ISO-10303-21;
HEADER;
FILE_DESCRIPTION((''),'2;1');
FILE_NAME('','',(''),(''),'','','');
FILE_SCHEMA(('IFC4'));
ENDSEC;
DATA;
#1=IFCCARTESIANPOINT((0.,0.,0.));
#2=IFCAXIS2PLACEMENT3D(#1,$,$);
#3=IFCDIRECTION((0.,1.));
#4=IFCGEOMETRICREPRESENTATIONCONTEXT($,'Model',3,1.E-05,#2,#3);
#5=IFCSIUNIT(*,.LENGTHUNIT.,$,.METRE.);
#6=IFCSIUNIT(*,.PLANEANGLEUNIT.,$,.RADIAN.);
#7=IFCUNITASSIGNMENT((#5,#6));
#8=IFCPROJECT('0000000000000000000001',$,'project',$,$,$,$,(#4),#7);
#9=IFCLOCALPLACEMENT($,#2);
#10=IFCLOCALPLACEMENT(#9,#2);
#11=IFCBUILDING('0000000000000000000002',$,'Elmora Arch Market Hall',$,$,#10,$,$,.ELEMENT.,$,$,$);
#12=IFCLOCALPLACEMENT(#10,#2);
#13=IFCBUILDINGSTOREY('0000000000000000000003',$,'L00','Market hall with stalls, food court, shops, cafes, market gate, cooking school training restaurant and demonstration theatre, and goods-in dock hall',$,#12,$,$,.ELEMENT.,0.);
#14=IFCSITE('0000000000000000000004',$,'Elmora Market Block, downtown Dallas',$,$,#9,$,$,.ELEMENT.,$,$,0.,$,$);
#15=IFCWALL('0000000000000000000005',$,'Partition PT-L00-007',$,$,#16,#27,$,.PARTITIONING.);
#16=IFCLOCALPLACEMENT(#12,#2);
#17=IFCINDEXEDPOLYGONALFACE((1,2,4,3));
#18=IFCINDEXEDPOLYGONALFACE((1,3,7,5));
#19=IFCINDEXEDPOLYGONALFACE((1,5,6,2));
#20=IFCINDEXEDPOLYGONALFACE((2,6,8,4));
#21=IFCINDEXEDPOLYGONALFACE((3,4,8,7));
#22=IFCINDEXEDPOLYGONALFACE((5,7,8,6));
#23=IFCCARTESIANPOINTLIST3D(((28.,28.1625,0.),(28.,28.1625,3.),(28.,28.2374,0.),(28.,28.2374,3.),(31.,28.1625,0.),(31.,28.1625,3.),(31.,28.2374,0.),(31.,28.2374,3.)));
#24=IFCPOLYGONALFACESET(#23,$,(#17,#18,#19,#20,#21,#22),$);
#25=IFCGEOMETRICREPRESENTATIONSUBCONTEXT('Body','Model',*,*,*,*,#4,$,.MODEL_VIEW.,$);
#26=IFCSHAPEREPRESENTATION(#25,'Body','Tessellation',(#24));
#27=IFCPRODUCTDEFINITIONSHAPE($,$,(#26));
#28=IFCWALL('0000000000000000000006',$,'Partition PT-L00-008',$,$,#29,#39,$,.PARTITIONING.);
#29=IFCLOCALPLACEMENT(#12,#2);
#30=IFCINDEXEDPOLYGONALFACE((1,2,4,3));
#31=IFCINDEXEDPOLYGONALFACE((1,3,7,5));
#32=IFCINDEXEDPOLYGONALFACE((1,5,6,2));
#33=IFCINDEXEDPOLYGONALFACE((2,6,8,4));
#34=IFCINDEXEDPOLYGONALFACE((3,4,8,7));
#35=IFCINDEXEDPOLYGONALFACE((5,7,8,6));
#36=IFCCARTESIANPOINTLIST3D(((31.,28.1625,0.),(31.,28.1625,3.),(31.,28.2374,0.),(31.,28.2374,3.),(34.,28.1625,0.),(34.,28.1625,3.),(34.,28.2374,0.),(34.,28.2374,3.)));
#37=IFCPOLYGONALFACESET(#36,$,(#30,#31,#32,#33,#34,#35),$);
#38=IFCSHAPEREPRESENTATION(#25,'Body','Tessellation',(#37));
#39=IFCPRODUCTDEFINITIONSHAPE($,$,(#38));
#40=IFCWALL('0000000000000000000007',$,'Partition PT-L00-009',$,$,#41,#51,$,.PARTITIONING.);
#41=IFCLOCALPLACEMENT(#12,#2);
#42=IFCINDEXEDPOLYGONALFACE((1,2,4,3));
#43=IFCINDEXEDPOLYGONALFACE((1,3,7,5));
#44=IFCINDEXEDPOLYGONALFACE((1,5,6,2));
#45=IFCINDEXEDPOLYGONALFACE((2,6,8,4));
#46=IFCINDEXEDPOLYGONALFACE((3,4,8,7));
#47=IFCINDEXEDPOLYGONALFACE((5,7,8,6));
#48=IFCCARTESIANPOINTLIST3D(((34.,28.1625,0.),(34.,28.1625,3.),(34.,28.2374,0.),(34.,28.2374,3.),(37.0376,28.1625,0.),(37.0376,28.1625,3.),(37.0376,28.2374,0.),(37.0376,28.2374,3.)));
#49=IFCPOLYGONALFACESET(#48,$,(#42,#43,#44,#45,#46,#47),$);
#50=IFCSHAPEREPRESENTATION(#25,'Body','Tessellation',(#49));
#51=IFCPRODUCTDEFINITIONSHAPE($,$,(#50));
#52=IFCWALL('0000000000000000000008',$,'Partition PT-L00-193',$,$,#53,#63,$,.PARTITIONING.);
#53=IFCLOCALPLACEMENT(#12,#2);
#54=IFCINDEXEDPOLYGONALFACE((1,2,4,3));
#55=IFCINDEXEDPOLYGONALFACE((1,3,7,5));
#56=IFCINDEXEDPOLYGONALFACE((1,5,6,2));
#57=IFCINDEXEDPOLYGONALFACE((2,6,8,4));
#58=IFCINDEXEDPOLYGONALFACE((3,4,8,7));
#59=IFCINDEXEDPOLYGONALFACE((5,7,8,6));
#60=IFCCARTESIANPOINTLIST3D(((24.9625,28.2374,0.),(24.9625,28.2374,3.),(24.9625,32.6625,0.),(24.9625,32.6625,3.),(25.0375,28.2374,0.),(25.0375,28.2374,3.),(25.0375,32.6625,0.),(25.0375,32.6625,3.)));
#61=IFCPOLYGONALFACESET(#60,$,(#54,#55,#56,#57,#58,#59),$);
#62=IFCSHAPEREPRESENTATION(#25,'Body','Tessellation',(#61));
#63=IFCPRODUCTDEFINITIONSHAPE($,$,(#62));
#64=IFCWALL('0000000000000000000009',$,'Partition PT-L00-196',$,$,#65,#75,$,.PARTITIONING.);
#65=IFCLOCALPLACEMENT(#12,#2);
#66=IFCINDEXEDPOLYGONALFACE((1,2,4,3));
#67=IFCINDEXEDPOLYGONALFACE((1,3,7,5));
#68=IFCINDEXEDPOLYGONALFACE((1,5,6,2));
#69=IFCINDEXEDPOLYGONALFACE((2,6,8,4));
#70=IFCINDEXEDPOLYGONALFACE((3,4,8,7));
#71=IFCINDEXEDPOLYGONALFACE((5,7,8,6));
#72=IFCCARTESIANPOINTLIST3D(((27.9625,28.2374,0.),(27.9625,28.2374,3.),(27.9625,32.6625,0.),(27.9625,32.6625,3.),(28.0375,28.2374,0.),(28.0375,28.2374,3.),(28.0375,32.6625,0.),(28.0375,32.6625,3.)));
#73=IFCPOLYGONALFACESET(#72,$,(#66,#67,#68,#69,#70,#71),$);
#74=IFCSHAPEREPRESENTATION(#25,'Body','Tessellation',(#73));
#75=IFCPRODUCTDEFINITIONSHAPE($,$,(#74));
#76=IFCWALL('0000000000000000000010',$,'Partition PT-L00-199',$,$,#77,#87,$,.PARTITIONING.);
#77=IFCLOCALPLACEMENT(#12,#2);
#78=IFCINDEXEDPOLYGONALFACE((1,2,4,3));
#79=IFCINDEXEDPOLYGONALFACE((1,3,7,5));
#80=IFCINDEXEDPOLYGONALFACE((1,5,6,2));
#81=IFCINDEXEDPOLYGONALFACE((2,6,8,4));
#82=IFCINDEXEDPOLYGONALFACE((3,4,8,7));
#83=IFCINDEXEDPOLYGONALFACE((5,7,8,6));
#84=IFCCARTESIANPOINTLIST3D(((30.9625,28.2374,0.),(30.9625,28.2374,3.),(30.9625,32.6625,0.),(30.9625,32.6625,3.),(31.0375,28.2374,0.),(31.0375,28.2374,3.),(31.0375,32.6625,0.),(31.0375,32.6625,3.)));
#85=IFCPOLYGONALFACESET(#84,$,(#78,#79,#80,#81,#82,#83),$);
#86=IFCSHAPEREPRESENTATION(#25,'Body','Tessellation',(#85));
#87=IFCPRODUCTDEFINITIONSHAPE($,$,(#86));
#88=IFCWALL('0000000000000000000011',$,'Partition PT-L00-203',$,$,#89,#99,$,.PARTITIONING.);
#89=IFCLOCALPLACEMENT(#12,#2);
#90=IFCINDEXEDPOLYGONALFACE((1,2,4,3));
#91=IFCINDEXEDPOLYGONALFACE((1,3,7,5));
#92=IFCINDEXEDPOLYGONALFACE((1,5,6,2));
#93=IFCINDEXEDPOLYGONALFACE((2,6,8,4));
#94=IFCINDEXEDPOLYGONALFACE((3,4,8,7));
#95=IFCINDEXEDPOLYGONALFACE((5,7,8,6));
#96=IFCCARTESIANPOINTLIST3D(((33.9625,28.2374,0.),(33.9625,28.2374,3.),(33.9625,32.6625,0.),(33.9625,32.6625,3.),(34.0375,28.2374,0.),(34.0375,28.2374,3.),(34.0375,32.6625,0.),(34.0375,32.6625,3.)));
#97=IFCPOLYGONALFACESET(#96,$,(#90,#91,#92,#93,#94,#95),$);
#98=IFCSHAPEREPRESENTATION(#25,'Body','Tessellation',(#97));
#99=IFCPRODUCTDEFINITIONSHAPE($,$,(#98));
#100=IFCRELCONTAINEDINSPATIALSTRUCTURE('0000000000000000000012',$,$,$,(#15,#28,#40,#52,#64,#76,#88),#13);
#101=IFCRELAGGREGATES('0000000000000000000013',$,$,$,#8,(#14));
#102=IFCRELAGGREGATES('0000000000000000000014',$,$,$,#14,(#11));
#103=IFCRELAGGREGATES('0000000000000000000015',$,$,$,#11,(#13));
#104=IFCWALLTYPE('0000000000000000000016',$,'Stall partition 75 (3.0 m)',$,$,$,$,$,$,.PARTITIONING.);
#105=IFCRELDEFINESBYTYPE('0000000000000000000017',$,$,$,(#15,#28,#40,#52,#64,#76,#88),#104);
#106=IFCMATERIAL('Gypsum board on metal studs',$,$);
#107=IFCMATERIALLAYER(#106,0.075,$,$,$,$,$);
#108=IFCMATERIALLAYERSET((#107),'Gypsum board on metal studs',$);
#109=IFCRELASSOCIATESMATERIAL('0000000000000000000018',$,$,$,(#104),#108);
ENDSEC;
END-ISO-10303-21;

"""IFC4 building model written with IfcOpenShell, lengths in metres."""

from ifc_helpers import new_model, si_unit, direction, frame, frame_2d, origin, place, context, subcontext, project, spatial, rectangle, extrude, material, layer, layer_set, type_object, element, save


model = new_model("IFC4")

# Units and contexts
model_context = context("Model", 3, precision=1e-05, world=origin(), true_north=direction((0.0, 1.0)))
body_context = subcontext(model_context, "Body", "Model", "MODEL_VIEW")
ifc_project = project(units=[si_unit("LENGTHUNIT", "METRE"), si_unit("PLANEANGLEUNIT", "RADIAN")], contexts=[model_context])

# Site, building, storey
site_placement = place(None, origin())
site = spatial("IfcSite", under=ifc_project, at=site_placement, Name="Elmora Market Block, downtown Dallas", CompositionType="ELEMENT", RefElevation=0.0)
building_placement = place(site_placement, origin())
building = spatial("IfcBuilding", under=site, at=building_placement, Name="Elmora Arch Market Hall", CompositionType="ELEMENT")
storey_placement = place(building_placement, origin())
storey = spatial("IfcBuildingStorey", under=building, at=storey_placement, Name="L00", Description="Market hall with stalls, food court, shops, cafes, market gate, cooking school training restaurant and demonstration theatre, and goods-in dock hall", CompositionType="ELEMENT", Elevation=0.0)

# Walls
ifc_material_1 = material(Name="Gypsum board on metal studs")
ifc_layer_1 = layer(ifc_material_1, 0.075)
ifc_layer_set_1 = layer_set([ifc_layer_1], Name="Gypsum board on metal studs")
wall_type_1 = type_object("IfcWallType", Name="Stall partition 75 (3.0 m)", PredefinedType="PARTITIONING", material=ifc_layer_set_1)
for number, where, z_axis, x_axis, name in (
    (1, (28.0, 28.2, 0.0), (0.0, 0.0, 1.0), (1.0, 0.0, 0.0), "Partition PT-L00-007"),
    (2, (31.0, 28.2, 0.0), (0.0, 0.0, 1.0), (1.0, 0.0, 0.0), "Partition PT-L00-008"),
):
    element("IfcWall", number, at=place(storey_placement, frame(where, z_axis=z_axis, x_axis=x_axis)), inside=storey, type_object=wall_type_1, Name=name, PredefinedType="PARTITIONING", context=body_context, shape_type="SweptSolid", body=[
        extrude(rectangle(XDim=3.0, YDim=0.075, at=frame_2d((1.5, 0.0))), origin(), (0.0, 0.0, 1.0), 3.0),
    ])
wall_1_placement = place(storey_placement, frame((34.0, 28.2, 0.0), z_axis=(0.0, 0.0, 1.0), x_axis=(1.0, 0.0, 0.0)))
element("IfcWall", 3, at=wall_1_placement, inside=storey, type_object=wall_type_1, Name="Partition PT-L00-009", PredefinedType="PARTITIONING", context=body_context, shape_type="SweptSolid", body=[
    extrude(rectangle(XDim=3.0376, YDim=0.075, at=frame_2d((1.5188, 0.0))), origin(), (0.0, 0.0, 1.0), 3.0),
])
for number, where, z_axis, x_axis, name in (
    (4, (25.0, 28.2375, 0.0), (0.0, 0.0, 1.0), (0.0, 1.0, 0.0), "Partition PT-L00-193"),
    (5, (28.0, 28.2375, 0.0), (0.0, 0.0, 1.0), (0.0, 1.0, 0.0), "Partition PT-L00-196"),
    (6, (31.0, 28.2375, 0.0), (0.0, 0.0, 1.0), (0.0, 1.0, 0.0), "Partition PT-L00-199"),
    (7, (34.0, 28.2375, 0.0), (0.0, 0.0, 1.0), (0.0, 1.0, 0.0), "Partition PT-L00-203"),
):
    element("IfcWall", number, at=place(storey_placement, frame(where, z_axis=z_axis, x_axis=x_axis)), inside=storey, type_object=wall_type_1, Name=name, PredefinedType="PARTITIONING", context=body_context, shape_type="SweptSolid", body=[
        extrude(rectangle(XDim=4.425, YDim=0.075, at=frame_2d((2.2124, 0.0))), origin(), (0.0, 0.0, 1.0), 3.0),
    ])

save(model, "model.ifc")
